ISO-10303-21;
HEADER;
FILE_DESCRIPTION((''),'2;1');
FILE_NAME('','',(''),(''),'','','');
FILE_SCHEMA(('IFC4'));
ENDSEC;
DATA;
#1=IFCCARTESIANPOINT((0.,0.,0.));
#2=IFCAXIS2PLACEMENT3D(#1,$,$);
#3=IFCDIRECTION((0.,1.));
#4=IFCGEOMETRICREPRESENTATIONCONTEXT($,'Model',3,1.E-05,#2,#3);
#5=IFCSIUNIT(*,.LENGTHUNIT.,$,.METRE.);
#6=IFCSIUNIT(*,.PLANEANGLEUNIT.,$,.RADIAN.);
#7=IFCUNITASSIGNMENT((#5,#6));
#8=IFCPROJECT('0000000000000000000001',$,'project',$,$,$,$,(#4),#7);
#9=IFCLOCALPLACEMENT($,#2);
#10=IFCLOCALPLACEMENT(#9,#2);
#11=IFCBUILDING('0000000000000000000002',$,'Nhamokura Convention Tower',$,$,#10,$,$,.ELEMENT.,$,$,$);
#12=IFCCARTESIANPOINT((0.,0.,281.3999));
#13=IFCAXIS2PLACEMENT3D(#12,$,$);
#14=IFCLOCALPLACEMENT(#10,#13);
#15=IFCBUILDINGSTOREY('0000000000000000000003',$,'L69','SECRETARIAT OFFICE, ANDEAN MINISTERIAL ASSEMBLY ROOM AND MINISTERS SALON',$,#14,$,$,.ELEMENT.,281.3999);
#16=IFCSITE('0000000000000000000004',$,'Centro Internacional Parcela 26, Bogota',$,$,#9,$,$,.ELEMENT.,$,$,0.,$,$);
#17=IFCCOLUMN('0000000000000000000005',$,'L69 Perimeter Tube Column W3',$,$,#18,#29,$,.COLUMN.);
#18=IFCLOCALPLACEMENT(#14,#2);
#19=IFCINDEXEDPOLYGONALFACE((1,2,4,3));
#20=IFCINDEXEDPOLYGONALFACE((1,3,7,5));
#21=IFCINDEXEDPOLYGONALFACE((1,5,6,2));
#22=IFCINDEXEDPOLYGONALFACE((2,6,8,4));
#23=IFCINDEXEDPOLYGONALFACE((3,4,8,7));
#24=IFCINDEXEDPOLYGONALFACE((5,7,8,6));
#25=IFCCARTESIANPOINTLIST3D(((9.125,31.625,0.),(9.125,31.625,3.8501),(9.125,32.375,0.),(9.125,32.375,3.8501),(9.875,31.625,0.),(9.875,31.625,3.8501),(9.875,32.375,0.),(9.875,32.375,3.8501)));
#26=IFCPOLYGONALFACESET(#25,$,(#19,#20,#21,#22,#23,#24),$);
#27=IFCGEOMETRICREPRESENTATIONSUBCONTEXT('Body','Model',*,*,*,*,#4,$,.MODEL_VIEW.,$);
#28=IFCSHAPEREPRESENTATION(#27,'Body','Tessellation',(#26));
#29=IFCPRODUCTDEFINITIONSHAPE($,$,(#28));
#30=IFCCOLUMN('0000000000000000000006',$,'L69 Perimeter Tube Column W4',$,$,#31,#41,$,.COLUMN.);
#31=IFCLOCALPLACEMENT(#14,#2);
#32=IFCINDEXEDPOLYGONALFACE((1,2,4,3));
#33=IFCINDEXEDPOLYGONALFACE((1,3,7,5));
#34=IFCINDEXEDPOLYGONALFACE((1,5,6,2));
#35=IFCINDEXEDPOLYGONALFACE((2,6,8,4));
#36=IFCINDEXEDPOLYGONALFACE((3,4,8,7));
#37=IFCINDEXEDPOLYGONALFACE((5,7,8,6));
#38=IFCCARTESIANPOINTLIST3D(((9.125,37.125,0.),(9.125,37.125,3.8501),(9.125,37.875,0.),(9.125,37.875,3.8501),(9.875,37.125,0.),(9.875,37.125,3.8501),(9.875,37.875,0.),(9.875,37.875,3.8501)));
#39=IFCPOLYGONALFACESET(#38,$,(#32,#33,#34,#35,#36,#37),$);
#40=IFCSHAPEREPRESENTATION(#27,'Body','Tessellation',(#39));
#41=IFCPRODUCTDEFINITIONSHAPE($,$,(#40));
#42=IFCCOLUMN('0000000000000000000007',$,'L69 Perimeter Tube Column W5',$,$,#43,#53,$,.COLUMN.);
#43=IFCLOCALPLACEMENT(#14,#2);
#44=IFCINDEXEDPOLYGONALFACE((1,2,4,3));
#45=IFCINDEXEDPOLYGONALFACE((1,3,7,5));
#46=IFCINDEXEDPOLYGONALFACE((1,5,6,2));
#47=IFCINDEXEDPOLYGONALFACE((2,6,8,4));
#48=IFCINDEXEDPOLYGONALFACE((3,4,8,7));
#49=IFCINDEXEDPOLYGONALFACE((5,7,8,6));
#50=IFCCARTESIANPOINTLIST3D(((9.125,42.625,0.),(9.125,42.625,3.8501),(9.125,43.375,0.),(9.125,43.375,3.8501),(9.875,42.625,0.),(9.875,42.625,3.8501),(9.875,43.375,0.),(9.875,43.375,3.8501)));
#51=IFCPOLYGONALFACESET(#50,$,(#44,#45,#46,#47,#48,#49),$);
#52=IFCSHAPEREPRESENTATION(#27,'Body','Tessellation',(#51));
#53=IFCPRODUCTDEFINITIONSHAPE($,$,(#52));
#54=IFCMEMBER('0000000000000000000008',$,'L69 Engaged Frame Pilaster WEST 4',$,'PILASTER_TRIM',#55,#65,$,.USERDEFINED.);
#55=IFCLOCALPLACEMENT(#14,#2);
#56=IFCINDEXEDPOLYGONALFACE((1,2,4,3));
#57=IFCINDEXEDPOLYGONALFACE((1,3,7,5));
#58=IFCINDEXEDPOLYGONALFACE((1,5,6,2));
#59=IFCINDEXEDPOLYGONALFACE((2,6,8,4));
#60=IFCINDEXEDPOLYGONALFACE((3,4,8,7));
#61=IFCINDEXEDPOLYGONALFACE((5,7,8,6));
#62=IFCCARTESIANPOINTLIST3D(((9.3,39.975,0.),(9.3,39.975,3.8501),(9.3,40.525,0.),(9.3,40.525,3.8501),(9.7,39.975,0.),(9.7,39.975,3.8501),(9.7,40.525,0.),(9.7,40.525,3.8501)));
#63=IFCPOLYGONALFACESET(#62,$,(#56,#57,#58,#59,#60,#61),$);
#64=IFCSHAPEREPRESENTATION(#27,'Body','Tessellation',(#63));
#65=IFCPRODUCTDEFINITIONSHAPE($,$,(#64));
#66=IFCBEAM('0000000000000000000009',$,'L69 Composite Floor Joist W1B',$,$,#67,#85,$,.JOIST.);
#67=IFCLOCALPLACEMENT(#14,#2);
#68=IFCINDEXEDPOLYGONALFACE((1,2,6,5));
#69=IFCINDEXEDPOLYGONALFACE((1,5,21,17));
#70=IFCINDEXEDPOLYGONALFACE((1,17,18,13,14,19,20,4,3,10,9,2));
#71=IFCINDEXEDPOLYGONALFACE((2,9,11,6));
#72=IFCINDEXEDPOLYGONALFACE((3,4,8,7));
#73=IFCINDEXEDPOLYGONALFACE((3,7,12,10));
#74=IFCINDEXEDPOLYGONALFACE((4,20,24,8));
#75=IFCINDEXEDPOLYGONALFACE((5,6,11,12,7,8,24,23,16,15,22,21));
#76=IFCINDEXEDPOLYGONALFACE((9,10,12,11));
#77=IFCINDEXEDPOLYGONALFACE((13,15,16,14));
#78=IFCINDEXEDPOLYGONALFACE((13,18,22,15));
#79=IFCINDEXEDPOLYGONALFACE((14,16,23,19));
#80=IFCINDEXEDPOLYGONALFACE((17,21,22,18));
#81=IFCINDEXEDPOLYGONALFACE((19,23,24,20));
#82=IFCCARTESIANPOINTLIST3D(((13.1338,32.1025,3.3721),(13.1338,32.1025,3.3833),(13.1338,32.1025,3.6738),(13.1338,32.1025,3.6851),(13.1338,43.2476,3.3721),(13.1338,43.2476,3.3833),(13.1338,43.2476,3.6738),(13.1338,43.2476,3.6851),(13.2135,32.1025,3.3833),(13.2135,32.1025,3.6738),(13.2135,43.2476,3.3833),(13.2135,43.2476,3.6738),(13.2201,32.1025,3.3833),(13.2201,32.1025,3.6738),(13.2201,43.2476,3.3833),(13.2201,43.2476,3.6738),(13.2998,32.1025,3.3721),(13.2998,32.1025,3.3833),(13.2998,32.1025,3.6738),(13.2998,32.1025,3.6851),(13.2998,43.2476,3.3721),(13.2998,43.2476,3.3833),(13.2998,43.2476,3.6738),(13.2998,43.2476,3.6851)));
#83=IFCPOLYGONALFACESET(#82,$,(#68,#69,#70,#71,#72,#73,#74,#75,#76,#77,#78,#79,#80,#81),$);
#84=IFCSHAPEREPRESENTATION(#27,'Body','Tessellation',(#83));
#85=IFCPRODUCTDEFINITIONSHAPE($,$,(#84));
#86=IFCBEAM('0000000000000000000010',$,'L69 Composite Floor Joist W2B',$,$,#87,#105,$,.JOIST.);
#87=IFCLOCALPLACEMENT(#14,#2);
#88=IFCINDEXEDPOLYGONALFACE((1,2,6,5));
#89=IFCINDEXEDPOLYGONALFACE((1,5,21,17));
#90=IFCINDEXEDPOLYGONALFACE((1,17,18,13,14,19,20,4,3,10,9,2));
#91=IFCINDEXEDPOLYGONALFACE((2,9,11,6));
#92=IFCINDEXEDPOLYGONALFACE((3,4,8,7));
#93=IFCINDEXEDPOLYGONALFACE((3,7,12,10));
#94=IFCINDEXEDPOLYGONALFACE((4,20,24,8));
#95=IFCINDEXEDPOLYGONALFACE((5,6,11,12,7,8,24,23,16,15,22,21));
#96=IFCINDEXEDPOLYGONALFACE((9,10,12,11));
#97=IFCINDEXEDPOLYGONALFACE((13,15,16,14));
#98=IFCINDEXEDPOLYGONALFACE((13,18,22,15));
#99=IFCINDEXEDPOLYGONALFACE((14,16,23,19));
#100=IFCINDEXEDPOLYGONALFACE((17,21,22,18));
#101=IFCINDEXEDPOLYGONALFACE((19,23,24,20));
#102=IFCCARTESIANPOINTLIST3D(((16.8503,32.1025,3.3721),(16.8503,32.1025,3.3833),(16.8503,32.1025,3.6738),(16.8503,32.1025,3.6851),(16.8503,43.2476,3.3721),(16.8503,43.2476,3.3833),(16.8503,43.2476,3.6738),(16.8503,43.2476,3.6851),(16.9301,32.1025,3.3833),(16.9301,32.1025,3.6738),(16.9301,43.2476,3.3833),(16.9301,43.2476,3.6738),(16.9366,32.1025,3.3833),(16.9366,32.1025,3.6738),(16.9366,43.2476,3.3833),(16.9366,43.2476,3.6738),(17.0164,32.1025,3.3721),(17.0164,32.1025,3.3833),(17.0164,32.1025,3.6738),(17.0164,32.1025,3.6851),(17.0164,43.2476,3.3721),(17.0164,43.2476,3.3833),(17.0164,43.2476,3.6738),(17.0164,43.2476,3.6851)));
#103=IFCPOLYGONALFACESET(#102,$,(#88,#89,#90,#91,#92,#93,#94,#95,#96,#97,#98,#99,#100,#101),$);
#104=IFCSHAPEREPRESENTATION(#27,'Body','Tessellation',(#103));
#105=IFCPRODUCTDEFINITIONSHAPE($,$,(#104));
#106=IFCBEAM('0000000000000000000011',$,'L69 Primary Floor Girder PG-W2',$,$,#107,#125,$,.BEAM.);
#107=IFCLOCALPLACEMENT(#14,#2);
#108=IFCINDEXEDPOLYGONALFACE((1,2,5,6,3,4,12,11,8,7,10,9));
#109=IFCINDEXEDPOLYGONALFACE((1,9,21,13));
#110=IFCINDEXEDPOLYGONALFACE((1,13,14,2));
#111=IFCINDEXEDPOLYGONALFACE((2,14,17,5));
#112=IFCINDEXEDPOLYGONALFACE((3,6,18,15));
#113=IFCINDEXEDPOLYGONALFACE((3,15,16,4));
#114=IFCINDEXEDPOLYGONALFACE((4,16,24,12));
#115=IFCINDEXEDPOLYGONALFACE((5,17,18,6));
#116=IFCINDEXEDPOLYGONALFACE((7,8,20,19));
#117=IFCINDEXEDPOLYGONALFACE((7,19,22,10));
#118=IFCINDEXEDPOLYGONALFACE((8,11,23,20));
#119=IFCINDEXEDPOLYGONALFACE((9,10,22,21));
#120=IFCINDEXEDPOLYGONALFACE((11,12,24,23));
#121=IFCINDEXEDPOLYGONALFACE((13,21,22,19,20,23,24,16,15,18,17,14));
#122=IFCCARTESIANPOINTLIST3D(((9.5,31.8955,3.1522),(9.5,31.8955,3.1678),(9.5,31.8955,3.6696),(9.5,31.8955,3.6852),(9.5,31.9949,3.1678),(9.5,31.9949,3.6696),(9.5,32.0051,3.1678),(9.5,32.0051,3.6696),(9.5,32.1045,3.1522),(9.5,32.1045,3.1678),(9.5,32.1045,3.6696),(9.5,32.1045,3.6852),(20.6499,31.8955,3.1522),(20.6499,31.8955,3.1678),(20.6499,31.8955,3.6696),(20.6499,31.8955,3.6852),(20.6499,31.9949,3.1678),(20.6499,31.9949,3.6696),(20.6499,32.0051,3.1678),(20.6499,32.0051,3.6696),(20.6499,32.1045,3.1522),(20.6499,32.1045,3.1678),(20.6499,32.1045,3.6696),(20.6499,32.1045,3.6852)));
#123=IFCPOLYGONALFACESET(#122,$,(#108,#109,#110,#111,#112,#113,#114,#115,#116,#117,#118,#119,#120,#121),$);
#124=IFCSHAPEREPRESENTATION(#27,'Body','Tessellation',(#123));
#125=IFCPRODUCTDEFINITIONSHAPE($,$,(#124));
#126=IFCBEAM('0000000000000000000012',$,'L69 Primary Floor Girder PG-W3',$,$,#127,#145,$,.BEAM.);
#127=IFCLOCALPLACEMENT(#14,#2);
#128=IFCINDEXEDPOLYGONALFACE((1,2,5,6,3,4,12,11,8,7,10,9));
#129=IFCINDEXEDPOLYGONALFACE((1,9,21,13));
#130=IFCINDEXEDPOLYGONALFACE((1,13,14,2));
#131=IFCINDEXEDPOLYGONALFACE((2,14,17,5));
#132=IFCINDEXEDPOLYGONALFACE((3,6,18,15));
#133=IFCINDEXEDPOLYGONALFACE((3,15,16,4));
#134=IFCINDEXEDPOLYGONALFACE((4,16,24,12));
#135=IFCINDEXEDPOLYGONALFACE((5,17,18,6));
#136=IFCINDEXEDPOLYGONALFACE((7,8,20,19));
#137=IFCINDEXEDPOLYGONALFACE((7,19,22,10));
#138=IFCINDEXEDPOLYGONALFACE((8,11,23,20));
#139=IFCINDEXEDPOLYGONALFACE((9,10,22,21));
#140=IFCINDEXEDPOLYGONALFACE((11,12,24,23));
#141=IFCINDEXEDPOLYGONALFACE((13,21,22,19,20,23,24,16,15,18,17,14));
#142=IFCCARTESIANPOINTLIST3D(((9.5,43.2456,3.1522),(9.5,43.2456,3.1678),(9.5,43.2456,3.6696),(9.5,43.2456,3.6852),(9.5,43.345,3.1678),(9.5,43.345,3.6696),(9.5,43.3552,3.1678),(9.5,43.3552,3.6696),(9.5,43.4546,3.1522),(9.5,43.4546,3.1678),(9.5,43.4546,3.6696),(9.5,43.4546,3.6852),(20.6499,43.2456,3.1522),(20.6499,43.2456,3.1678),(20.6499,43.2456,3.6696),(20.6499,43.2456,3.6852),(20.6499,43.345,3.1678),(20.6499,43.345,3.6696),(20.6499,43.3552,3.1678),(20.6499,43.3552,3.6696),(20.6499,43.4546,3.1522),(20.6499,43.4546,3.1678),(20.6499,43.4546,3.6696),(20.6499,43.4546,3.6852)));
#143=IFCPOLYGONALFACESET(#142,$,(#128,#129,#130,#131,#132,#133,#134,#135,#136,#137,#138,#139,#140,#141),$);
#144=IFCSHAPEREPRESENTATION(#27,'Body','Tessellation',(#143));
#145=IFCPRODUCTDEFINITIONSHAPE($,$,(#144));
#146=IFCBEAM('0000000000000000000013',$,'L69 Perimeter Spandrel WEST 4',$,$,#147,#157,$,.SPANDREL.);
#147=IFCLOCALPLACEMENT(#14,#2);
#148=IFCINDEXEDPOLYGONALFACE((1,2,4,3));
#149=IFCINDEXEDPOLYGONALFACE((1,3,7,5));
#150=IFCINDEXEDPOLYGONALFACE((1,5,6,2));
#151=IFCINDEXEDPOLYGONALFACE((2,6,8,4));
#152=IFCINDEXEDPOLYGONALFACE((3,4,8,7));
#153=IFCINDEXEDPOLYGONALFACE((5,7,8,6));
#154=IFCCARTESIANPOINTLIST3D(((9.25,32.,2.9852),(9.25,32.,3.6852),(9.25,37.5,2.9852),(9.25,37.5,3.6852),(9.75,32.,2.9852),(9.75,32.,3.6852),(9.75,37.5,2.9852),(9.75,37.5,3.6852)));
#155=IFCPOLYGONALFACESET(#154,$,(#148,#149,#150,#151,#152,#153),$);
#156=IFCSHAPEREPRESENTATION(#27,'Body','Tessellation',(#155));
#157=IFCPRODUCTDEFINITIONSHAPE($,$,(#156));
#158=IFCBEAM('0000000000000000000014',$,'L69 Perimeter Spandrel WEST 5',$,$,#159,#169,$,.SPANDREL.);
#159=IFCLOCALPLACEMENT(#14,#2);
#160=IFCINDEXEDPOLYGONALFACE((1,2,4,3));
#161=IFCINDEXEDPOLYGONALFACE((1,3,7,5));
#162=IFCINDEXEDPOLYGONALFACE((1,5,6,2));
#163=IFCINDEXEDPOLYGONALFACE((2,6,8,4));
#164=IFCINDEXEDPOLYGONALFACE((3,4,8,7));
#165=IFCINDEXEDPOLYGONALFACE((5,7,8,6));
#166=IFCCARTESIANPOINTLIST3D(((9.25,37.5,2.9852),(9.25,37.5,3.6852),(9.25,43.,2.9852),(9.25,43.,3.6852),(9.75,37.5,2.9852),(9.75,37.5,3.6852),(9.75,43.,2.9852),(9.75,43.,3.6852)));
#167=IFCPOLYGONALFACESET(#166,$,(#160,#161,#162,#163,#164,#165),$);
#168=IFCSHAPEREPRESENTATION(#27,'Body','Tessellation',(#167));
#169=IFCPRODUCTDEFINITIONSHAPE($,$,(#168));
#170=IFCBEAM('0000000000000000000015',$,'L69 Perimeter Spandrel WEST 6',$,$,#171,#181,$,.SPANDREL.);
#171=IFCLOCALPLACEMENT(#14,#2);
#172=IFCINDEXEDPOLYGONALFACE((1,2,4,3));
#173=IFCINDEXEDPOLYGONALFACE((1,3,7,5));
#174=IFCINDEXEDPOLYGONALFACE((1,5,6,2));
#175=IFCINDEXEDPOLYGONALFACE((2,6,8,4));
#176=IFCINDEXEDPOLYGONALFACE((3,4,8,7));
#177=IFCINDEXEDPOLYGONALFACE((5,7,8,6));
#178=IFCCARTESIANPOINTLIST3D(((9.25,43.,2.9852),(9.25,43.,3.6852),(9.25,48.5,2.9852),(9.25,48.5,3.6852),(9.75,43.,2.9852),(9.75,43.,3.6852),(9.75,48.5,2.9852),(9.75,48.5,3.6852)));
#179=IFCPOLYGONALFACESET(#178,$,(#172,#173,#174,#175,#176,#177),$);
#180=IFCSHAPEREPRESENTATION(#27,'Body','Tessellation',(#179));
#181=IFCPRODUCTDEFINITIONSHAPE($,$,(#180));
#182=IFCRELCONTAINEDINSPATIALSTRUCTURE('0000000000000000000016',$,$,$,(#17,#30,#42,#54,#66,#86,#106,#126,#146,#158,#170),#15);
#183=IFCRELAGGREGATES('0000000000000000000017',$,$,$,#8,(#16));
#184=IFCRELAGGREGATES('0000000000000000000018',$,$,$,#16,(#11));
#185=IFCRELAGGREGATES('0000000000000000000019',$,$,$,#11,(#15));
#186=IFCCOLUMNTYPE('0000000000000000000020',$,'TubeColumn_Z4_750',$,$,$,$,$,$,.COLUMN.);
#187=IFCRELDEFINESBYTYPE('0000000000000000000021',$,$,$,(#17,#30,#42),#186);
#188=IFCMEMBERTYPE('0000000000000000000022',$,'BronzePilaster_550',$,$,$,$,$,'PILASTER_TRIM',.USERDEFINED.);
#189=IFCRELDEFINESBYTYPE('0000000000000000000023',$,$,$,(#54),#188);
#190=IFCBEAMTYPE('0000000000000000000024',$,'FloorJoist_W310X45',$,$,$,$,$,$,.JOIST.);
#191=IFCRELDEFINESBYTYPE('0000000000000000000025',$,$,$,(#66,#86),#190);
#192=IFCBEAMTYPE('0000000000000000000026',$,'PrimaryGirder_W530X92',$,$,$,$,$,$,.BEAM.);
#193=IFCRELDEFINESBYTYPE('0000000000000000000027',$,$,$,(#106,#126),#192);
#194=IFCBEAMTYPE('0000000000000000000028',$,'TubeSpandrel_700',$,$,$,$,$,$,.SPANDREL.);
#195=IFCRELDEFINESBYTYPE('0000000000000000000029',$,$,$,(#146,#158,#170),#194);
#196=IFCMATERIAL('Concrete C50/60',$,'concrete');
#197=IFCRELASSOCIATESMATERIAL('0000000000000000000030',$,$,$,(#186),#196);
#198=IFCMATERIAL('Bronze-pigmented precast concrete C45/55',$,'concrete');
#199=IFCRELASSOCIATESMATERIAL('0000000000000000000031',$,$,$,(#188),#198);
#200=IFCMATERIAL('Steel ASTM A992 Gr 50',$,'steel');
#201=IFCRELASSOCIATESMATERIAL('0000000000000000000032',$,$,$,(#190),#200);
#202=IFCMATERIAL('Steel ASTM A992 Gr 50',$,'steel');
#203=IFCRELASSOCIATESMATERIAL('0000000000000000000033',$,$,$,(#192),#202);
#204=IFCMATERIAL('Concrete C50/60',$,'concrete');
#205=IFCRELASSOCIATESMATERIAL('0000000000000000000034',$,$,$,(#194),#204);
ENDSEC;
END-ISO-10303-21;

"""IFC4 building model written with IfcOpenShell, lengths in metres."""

from ifc_helpers import new_model, si_unit, direction, frame, origin, origin_2d, place, context, subcontext, project, spatial, rectangle, i_section, extrude, material, material_profile, profile_set, type_object, element, save


model = new_model("IFC4")

# Units and contexts
model_context = context("Model", 3, precision=1e-05, world=origin(), true_north=direction((0.0, 1.0)))
body_context = subcontext(model_context, "Body", "Model", "MODEL_VIEW")
ifc_project = project(units=[si_unit("LENGTHUNIT", "METRE"), si_unit("PLANEANGLEUNIT", "RADIAN")], contexts=[model_context])

# Site, building, storey
site_placement = place(None, origin())
site = spatial("IfcSite", under=ifc_project, at=site_placement, Name="Centro Internacional Parcela 26, Bogota", CompositionType="ELEMENT", RefElevation=0.0)
building_placement = place(site_placement, origin())
building = spatial("IfcBuilding", under=site, at=building_placement, Name="Nhamokura Convention Tower", CompositionType="ELEMENT")
storey_placement = place(building_placement, frame((0.0, 0.0, 281.3999)))
storey = spatial("IfcBuildingStorey", under=building, at=storey_placement, Name="L69", Description="SECRETARIAT OFFICE, ANDEAN MINISTERIAL ASSEMBLY ROOM AND MINISTERS SALON", CompositionType="ELEMENT", Elevation=281.3999)

# Columns
ifc_material_1 = material(Name="Concrete C50/60", Category="concrete")
ifc_material_profile_1 = material_profile(ifc_material_1, rectangle(XDim=0.75, YDim=0.75, at=origin_2d()))
ifc_profile_set_1 = profile_set([ifc_material_profile_1], Name="Concrete C50/60")
column_type = type_object("IfcColumnType", Name="TubeColumn_Z4_750", PredefinedType="COLUMN", material=ifc_profile_set_1)
for number, where, z_axis, x_axis, name in (
    (1, (9.5, 32.0, 0.0), (0.0, 0.0, 1.0), (1.0, 0.0, 0.0), "L69 Perimeter Tube Column W3"),
    (2, (9.5, 37.5, 0.0), (0.0, 0.0, 1.0), (1.0, 0.0, 0.0), "L69 Perimeter Tube Column W4"),
    (3, (9.5, 43.0, 0.0), (0.0, 0.0, 1.0), (1.0, 0.0, 0.0), "L69 Perimeter Tube Column W5"),
):
    element("IfcColumn", number, at=place(storey_placement, frame(where, z_axis=z_axis, x_axis=x_axis)), inside=storey, type_object=column_type, Name=name, PredefinedType="COLUMN", context=body_context, shape_type="SweptSolid", body=[
        extrude(rectangle(XDim=0.75, YDim=0.75, at=origin_2d()), origin(), (0.0, 0.0, 1.0), 3.8501),
    ])

# Member
ifc_material_2 = material(Name="Bronze-pigmented precast concrete C45/55", Category="concrete")
ifc_material_profile_2 = material_profile(ifc_material_2, rectangle(XDim=0.3999, YDim=0.55, at=origin_2d()))
ifc_profile_set_2 = profile_set([ifc_material_profile_2], Name="Bronze-pigmented precast concrete C45/55")
member_type = type_object("IfcMemberType", Name="BronzePilaster_550", ElementType="PILASTER_TRIM", PredefinedType="USERDEFINED", material=ifc_profile_set_2)
member_placement = place(storey_placement, frame((9.5, 40.25, 0.0), z_axis=(0.0, 0.0, 1.0), x_axis=(1.0, 0.0, 0.0)))
element("IfcMember", 4, at=member_placement, inside=storey, type_object=member_type, Name="L69 Engaged Frame Pilaster WEST 4", ObjectType="PILASTER_TRIM", PredefinedType="USERDEFINED", context=body_context, shape_type="SweptSolid", body=[
    extrude(rectangle(XDim=0.3999, YDim=0.55, at=origin_2d()), origin(), (0.0, 0.0, 1.0), 3.8501),
])

# Beams
ifc_material_3 = material(Name="Steel ASTM A992 Gr 50", Category="steel")
ifc_material_profile_3 = material_profile(ifc_material_3, i_section(OverallWidth=0.166, OverallDepth=0.313, WebThickness=0.0066, FlangeThickness=0.0112, at=origin_2d()))
ifc_profile_set_3 = profile_set([ifc_material_profile_3], Name="Steel ASTM A992 Gr 50")
beam_type_1 = type_object("IfcBeamType", Name="FloorJoist_W310X45", PredefinedType="JOIST", material=ifc_profile_set_3)
for number, where, z_axis, x_axis, name in (
    (5, (13.2168, 32.1025, 3.5286), (0.0, 1.0, 0.0), (-1.0, 0.0, 0.0), "L69 Composite Floor Joist W1B"),
    (6, (16.9333, 32.1025, 3.5286), (0.0, 1.0, 0.0), (-1.0, 0.0, 0.0), "L69 Composite Floor Joist W2B"),
):
    element("IfcBeam", number, at=place(storey_placement, frame(where, z_axis=z_axis, x_axis=x_axis)), inside=storey, type_object=beam_type_1, Name=name, PredefinedType="JOIST", context=body_context, shape_type="SweptSolid", body=[
        extrude(i_section(OverallWidth=0.166, OverallDepth=0.313, WebThickness=0.0066, FlangeThickness=0.0112, at=origin_2d()), origin(), (0.0, 0.0, 1.0), 11.145),
    ])
ifc_material_4 = material(Name="Steel ASTM A992 Gr 50", Category="steel")
ifc_material_profile_4 = material_profile(ifc_material_4, i_section(OverallWidth=0.209, OverallDepth=0.533, WebThickness=0.0103, FlangeThickness=0.0156, at=origin_2d()))
ifc_profile_set_4 = profile_set([ifc_material_profile_4], Name="Steel ASTM A992 Gr 50")
beam_type_2 = type_object("IfcBeamType", Name="PrimaryGirder_W530X92", PredefinedType="BEAM", material=ifc_profile_set_4)
for number, where, z_axis, x_axis, name in (
    (7, (9.5, 32.0, 3.4187), (1.0, 0.0, 0.0), (0.0, 1.0, 0.0), "L69 Primary Floor Girder PG-W2"),
    (8, (9.5, 43.3501, 3.4187), (1.0, 0.0, 0.0), (0.0, 1.0, 0.0), "L69 Primary Floor Girder PG-W3"),
):
    element("IfcBeam", number, at=place(storey_placement, frame(where, z_axis=z_axis, x_axis=x_axis)), inside=storey, type_object=beam_type_2, Name=name, PredefinedType="BEAM", context=body_context, shape_type="SweptSolid", body=[
        extrude(i_section(OverallWidth=0.209, OverallDepth=0.533, WebThickness=0.0103, FlangeThickness=0.0156, at=origin_2d()), origin(), (0.0, 0.0, 1.0), 11.1499),
    ])
ifc_material_5 = material(Name="Concrete C50/60", Category="concrete")
ifc_material_profile_5 = material_profile(ifc_material_5, rectangle(XDim=0.5, YDim=0.7, at=origin_2d()))
ifc_profile_set_5 = profile_set([ifc_material_profile_5], Name="Concrete C50/60")
beam_type_3 = type_object("IfcBeamType", Name="TubeSpandrel_700", PredefinedType="SPANDREL", material=ifc_profile_set_5)
for number, where, z_axis, x_axis, name in (
    (9, (9.5, 32.0, 3.3352), (0.0, 1.0, 0.0), (-1.0, 0.0, 0.0), "L69 Perimeter Spandrel WEST 4"),
    (10, (9.5, 37.5, 3.3352), (0.0, 1.0, 0.0), (-1.0, 0.0, 0.0), "L69 Perimeter Spandrel WEST 5"),
    (11, (9.5, 43.0, 3.3352), (0.0, 1.0, 0.0), (-1.0, 0.0, 0.0), "L69 Perimeter Spandrel WEST 6"),
):
    element("IfcBeam", number, at=place(storey_placement, frame(where, z_axis=z_axis, x_axis=x_axis)), inside=storey, type_object=beam_type_3, Name=name, PredefinedType="SPANDREL", context=body_context, shape_type="SweptSolid", body=[
        extrude(rectangle(XDim=0.5, YDim=0.7, at=origin_2d()), origin(), (0.0, 0.0, 1.0), 5.5),
    ])

save(model, "model.ifc")
